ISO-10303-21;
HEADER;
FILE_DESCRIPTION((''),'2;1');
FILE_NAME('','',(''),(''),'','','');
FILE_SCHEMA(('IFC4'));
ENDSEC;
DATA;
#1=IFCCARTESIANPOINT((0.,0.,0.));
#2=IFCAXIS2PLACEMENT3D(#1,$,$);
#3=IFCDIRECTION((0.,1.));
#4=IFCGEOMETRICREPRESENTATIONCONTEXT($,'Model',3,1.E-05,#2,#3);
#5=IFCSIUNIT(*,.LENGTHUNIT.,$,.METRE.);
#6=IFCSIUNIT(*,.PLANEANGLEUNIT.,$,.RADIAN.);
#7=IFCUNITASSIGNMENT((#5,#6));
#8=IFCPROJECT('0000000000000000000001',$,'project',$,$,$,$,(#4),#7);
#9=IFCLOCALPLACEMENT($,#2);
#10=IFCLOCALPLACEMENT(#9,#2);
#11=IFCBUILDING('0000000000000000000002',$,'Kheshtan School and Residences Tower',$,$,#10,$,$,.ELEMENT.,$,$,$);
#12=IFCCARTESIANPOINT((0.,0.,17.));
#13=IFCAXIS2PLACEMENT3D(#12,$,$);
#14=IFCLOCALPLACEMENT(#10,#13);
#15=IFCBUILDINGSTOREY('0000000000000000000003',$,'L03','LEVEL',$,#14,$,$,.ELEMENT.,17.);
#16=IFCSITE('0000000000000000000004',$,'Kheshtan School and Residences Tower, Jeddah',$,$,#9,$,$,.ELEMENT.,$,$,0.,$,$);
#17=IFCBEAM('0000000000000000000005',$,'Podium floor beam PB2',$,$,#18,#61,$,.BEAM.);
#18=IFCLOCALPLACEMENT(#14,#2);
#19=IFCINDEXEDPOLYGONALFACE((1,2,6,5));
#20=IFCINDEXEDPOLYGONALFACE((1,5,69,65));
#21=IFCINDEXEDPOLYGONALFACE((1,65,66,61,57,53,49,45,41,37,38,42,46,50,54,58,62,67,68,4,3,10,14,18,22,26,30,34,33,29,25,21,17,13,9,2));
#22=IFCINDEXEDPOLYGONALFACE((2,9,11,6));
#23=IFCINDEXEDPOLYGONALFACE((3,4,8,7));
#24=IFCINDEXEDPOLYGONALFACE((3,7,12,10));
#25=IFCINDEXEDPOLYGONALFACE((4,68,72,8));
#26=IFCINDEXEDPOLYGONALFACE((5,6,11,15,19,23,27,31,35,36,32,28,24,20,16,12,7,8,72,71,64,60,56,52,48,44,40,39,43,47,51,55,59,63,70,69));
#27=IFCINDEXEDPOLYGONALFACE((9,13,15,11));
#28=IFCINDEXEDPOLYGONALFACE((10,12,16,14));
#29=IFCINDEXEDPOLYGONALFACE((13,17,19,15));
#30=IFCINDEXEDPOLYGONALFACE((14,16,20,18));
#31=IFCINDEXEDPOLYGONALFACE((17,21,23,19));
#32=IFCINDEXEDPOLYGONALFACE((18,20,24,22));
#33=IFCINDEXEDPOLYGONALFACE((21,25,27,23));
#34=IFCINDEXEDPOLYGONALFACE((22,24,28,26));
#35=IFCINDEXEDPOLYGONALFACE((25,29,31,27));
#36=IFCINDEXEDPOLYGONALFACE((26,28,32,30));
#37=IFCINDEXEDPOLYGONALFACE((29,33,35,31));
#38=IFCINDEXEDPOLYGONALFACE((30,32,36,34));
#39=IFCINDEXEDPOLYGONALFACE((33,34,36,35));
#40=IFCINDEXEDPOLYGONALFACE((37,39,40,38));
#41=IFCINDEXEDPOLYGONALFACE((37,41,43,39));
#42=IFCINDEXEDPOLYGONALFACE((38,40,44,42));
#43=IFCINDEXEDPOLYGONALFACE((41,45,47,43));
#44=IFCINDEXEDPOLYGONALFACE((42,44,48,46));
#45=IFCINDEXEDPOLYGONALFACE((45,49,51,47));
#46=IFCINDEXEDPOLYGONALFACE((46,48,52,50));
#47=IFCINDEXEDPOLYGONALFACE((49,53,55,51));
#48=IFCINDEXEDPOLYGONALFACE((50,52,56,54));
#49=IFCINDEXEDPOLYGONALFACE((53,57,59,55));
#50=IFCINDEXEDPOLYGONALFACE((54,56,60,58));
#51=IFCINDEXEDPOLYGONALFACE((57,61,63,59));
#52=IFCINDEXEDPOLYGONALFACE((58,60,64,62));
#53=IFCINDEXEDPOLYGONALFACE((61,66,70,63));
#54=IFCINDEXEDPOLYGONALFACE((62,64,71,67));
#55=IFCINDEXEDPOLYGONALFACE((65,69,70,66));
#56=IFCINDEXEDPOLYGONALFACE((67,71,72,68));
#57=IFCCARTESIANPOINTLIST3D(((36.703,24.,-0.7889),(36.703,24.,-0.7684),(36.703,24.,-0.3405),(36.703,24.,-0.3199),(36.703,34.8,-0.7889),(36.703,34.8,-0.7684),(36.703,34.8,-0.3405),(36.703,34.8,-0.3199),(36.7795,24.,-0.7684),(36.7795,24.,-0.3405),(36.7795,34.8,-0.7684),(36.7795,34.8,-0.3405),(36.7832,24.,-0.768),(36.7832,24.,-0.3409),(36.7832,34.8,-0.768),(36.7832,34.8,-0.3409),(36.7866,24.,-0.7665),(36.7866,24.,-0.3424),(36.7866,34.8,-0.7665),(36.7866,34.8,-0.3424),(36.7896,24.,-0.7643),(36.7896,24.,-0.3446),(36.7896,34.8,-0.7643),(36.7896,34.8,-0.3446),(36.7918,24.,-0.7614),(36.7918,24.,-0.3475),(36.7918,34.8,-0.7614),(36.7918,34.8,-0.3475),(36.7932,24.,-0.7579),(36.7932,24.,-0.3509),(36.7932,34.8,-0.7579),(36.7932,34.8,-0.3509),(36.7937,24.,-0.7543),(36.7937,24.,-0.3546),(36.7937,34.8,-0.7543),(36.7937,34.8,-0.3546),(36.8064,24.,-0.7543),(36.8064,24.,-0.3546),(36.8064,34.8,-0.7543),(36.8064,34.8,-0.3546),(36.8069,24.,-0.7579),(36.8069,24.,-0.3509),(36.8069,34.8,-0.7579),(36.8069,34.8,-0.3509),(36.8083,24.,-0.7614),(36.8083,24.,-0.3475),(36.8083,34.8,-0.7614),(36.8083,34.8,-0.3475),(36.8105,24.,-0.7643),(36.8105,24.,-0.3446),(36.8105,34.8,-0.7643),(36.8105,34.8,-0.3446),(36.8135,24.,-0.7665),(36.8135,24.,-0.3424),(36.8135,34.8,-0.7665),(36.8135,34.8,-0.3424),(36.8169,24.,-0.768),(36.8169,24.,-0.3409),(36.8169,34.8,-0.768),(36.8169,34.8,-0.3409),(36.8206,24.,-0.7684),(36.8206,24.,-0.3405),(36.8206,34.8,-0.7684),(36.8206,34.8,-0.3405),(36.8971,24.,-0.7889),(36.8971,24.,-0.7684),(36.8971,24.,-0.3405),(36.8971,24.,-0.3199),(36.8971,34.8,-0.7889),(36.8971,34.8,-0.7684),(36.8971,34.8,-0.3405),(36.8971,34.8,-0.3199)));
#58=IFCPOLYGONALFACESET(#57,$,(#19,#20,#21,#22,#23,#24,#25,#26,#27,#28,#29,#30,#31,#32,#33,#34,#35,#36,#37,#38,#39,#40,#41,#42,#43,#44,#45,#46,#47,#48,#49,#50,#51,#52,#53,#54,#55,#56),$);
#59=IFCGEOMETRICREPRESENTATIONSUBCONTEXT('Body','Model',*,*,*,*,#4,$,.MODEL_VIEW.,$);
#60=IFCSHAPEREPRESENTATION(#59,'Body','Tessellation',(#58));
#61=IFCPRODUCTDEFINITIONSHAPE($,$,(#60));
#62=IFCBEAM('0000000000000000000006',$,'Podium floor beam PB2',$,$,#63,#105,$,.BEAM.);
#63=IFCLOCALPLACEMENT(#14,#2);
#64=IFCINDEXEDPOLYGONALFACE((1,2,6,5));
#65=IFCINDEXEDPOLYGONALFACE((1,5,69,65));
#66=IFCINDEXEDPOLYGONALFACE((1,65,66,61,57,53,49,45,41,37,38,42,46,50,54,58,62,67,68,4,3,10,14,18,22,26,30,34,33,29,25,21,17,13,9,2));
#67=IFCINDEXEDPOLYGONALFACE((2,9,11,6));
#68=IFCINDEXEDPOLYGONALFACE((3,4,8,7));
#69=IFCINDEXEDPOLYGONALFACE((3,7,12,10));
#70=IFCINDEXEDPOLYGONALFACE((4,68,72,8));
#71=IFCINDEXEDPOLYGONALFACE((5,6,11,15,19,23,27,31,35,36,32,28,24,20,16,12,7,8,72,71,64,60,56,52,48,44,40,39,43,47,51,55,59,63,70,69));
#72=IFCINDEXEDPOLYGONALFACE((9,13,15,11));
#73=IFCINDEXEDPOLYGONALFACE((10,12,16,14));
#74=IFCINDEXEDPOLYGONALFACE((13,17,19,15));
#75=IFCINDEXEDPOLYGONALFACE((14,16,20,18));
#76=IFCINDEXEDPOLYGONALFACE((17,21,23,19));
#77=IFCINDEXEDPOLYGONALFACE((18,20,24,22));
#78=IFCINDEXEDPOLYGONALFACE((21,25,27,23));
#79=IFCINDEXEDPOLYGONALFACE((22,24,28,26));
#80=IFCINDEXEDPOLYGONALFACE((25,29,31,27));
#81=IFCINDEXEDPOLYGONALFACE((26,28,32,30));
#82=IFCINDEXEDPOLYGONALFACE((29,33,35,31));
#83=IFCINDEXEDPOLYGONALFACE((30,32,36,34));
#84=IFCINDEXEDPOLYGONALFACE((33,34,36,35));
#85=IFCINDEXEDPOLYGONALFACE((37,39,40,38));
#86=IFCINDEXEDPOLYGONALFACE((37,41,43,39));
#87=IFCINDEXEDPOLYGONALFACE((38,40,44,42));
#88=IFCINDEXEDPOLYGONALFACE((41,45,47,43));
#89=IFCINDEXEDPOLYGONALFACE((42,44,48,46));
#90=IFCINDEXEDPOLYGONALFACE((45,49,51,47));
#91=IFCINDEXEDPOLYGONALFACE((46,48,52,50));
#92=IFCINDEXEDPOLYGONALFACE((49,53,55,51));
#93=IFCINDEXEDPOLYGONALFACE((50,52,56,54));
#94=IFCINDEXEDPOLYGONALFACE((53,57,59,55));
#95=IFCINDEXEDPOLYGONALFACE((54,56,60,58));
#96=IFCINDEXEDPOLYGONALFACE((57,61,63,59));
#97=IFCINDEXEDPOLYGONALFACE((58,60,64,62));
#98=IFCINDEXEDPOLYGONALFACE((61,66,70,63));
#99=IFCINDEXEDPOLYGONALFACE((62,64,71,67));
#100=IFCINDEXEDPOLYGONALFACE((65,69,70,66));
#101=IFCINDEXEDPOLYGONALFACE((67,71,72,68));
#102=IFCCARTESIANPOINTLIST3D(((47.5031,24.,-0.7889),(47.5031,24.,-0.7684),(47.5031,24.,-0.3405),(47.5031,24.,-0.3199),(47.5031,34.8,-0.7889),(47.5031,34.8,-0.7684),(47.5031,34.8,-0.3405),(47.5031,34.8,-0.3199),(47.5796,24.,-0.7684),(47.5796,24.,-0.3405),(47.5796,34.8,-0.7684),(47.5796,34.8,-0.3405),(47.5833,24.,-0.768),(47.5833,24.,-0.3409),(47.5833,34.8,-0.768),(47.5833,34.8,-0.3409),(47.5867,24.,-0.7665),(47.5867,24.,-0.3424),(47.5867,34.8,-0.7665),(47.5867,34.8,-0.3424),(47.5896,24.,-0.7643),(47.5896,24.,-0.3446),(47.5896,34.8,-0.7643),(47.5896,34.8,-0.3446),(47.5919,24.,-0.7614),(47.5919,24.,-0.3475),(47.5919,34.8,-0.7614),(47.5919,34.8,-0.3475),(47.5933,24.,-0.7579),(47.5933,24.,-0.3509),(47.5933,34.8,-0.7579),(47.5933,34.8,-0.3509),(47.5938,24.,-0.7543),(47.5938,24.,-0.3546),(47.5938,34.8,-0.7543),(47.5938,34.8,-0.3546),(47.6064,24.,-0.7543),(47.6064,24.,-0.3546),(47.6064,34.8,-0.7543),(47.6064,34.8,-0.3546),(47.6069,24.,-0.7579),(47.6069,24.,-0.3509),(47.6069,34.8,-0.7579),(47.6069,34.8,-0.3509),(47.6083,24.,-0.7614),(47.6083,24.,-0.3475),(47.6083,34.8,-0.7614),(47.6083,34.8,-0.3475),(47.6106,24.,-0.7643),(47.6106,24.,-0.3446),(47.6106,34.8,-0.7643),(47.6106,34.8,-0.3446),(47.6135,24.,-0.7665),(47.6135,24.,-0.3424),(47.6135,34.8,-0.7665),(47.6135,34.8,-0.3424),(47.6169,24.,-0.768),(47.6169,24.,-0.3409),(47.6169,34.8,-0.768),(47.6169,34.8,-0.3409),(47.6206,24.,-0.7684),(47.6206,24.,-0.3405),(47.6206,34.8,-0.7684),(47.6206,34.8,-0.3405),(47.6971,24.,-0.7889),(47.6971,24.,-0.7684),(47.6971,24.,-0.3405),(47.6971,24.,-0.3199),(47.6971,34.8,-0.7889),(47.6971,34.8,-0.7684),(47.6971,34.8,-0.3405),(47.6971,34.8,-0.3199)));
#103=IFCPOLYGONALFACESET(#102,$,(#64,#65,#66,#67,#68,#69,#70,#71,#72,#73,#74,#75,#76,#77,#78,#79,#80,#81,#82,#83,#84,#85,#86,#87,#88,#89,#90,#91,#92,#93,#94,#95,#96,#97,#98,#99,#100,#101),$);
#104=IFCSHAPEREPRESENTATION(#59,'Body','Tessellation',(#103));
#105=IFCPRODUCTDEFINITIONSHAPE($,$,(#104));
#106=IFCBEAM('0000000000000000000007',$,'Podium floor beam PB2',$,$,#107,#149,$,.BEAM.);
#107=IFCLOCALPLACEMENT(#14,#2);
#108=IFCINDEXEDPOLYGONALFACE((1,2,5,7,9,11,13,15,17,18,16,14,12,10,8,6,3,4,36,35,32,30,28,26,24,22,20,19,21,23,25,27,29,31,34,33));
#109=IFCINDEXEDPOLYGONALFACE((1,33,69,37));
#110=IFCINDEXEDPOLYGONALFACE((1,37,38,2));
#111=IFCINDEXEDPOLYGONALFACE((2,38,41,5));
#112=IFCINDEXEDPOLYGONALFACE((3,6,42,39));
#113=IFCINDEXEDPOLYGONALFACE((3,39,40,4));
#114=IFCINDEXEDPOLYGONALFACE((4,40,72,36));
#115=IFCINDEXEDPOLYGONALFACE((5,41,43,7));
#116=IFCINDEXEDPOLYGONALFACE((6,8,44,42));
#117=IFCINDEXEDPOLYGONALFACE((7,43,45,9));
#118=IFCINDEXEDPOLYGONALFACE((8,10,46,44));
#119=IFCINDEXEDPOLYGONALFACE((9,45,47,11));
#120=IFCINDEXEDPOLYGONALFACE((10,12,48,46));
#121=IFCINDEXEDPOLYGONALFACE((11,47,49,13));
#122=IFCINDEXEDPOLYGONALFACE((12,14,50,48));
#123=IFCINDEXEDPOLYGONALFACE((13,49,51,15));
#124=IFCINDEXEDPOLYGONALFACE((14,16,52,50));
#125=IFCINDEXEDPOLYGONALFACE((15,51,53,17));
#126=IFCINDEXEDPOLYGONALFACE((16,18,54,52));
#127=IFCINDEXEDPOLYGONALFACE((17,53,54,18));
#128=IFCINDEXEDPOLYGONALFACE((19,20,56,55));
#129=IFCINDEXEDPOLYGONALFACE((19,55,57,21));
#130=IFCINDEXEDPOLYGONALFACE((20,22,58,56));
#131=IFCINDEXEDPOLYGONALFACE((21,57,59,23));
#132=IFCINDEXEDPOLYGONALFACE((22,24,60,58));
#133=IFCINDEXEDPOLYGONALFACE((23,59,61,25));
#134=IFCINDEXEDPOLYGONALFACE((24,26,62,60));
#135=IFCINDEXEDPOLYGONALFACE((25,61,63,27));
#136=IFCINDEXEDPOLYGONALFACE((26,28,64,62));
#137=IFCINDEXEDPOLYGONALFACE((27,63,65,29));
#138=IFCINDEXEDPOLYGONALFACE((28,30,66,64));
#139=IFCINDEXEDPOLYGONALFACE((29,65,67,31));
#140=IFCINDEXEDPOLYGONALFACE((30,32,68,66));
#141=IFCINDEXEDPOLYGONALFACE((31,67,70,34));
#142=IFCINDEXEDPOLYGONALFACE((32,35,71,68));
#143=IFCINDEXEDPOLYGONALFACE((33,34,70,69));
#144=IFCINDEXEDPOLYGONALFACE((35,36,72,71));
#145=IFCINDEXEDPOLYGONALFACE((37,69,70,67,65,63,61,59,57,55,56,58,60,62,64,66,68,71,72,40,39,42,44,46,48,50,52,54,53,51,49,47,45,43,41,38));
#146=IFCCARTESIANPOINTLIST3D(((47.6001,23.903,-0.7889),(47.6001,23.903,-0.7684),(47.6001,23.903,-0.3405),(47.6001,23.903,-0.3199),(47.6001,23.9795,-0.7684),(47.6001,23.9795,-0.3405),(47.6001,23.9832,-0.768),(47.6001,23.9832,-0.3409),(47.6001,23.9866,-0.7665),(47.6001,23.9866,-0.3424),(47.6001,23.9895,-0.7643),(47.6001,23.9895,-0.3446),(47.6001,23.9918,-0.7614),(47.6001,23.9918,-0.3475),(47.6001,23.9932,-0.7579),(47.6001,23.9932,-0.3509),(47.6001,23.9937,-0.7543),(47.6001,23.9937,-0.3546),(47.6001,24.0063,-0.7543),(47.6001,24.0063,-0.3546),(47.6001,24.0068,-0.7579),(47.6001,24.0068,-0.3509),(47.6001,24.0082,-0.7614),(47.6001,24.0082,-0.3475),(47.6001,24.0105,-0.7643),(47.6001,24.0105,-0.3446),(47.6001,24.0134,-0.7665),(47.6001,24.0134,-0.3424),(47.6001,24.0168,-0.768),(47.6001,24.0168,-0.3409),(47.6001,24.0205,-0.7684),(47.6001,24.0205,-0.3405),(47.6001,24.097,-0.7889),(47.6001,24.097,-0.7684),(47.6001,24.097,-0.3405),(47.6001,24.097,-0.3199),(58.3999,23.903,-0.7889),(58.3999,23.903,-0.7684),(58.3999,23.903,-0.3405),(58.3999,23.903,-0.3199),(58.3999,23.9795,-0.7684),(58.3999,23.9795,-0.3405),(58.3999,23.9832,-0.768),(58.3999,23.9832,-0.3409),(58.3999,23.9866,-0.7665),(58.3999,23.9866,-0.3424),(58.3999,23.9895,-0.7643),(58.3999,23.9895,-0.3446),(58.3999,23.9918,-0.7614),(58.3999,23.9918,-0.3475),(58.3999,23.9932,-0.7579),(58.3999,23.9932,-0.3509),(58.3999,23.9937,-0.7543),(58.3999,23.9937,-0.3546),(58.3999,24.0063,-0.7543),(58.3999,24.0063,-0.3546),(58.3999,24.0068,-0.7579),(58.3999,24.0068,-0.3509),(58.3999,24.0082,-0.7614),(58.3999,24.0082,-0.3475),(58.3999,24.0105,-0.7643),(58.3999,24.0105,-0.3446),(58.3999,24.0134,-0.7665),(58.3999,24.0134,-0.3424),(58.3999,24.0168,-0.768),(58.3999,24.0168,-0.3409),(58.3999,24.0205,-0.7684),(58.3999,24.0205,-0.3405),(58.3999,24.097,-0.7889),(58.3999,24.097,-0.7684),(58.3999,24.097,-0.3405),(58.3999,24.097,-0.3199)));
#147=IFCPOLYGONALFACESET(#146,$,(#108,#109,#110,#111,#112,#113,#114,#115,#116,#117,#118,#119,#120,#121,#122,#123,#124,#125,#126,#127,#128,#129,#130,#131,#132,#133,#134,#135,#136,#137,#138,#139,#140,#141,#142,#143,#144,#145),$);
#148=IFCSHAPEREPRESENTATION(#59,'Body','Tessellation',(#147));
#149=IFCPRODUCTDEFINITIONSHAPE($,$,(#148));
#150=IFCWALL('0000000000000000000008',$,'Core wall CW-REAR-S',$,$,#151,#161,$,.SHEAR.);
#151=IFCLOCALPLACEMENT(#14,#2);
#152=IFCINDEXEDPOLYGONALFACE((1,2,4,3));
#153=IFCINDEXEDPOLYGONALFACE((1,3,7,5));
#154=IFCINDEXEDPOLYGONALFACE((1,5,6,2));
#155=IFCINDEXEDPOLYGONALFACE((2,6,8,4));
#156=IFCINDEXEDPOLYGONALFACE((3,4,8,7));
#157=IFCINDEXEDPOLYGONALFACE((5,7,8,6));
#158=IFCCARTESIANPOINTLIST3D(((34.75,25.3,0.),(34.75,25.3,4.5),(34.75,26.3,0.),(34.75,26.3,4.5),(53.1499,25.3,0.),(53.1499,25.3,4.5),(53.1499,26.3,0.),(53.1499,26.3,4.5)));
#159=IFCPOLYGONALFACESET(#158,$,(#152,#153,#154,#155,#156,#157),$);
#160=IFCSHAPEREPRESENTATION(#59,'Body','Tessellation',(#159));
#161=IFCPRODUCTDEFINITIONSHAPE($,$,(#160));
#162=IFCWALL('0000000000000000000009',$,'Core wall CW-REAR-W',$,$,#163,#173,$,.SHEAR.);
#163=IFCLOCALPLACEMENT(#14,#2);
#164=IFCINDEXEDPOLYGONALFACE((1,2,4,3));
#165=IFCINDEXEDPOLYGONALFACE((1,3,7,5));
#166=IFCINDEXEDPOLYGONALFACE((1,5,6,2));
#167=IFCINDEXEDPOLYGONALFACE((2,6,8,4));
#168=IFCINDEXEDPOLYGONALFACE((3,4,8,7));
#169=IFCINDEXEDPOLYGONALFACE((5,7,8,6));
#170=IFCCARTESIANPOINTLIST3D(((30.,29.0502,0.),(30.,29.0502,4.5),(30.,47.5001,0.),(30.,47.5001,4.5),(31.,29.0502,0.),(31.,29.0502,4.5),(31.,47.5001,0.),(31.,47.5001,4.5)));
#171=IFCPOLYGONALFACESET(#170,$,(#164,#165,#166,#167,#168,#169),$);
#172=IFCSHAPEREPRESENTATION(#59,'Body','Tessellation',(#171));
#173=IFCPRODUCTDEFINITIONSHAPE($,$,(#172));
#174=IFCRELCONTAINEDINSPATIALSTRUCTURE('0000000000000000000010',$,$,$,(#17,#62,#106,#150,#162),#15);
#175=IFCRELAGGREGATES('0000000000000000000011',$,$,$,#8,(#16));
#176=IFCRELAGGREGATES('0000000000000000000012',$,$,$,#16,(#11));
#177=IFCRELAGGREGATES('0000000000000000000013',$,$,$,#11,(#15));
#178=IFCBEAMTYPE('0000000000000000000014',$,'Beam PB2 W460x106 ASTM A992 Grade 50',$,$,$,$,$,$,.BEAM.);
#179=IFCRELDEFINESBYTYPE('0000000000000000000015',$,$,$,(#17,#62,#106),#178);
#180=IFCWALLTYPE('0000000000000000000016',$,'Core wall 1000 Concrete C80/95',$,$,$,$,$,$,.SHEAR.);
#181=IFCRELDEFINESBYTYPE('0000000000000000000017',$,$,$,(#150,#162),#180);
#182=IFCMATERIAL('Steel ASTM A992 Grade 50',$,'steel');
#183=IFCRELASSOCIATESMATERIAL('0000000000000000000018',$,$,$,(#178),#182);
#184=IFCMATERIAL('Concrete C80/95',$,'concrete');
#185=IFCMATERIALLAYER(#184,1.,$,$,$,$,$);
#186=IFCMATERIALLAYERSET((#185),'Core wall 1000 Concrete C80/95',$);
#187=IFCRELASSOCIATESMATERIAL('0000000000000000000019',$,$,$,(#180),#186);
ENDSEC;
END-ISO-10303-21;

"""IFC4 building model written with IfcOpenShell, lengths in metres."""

from ifc_helpers import new_model, si_unit, direction, frame, frame_2d, origin, origin_2d, place, context, subcontext, project, spatial, rectangle, i_section, extrude, material, layer, layer_set, material_profile, profile_set, type_object, element, save


model = new_model("IFC4")

# Units and contexts
model_context = context("Model", 3, precision=1e-05, world=origin(), true_north=direction((0.0, 1.0)))
body_context = subcontext(model_context, "Body", "Model", "MODEL_VIEW")
ifc_project = project(units=[si_unit("LENGTHUNIT", "METRE"), si_unit("PLANEANGLEUNIT", "RADIAN")], contexts=[model_context])

# Site, building, storey
site_placement = place(None, origin())
site = spatial("IfcSite", under=ifc_project, at=site_placement, Name="Kheshtan School and Residences Tower, Jeddah", CompositionType="ELEMENT", RefElevation=0.0)
building_placement = place(site_placement, origin())
building = spatial("IfcBuilding", under=site, at=building_placement, Name="Kheshtan School and Residences Tower", CompositionType="ELEMENT")
storey_placement = place(building_placement, frame((0.0, 0.0, 17.0)))
storey = spatial("IfcBuildingStorey", under=building, at=storey_placement, Name="L03", Description="LEVEL", CompositionType="ELEMENT", Elevation=17.0)

# Shared definitions
ifc_material_1 = material(Name="Steel ASTM A992 Grade 50", Category="steel")

# Beams
ifc_material_profile_1 = material_profile(ifc_material_1, i_section(OverallWidth=0.1941, OverallDepth=0.469, WebThickness=0.0127, FlangeThickness=0.0205, FilletRadius=0.0142, at=origin_2d()), Name="W460x106")
ifc_profile_set_1 = profile_set([ifc_material_profile_1], Name="Steel ASTM A992 Grade 50")
beam_type = type_object("IfcBeamType", Name="Beam PB2 W460x106 ASTM A992 Grade 50", PredefinedType="BEAM", material=ifc_profile_set_1)
for number, where, z_axis, x_axis, name in (
    (1, (36.8, 24.0, -0.5544), (0.0, 1.0, 0.0), (-1.0, 0.0, 0.0), "Podium floor beam PB2"),
    (2, (47.6001, 24.0, -0.5544), (0.0, 1.0, 0.0), (-1.0, 0.0, 0.0), "Podium floor beam PB2"),
):
    element("IfcBeam", number, at=place(storey_placement, frame(where, z_axis=z_axis, x_axis=x_axis)), inside=storey, type_object=beam_type, Name=name, PredefinedType="BEAM", context=body_context, shape_type="SweptSolid", body=[
        extrude(i_section(OverallWidth=0.1941, OverallDepth=0.469, WebThickness=0.0127, FlangeThickness=0.0205, FilletRadius=0.0142, at=origin_2d()), origin(), (0.0, 0.0, 1.0), 10.8),
    ])
beam_placement = place(storey_placement, frame((47.6001, 24.0, -0.5544), z_axis=(1.0, 0.0, 0.0), x_axis=(0.0, 1.0, 0.0)))
element("IfcBeam", 3, at=beam_placement, inside=storey, type_object=beam_type, Name="Podium floor beam PB2", PredefinedType="BEAM", context=body_context, shape_type="SweptSolid", body=[
    extrude(i_section(OverallWidth=0.1941, OverallDepth=0.469, WebThickness=0.0127, FlangeThickness=0.0205, FilletRadius=0.0142, at=origin_2d()), origin(), (0.0, 0.0, 1.0), 10.7998),
])

# Walls
ifc_material_2 = material(Name="Concrete C80/95", Category="concrete")
ifc_layer_1 = layer(ifc_material_2, 1.0)
ifc_layer_set_1 = layer_set([ifc_layer_1], Name="Core wall 1000 Concrete C80/95")
wall_type_1 = type_object("IfcWallType", Name="Core wall 1000 Concrete C80/95", PredefinedType="SHEAR", material=ifc_layer_set_1)
wall_1_placement = place(storey_placement, frame((34.75, 25.8, 0.0), z_axis=(0.0, 0.0, 1.0), x_axis=(1.0, 0.0, 0.0)))
element("IfcWall", 4, at=wall_1_placement, inside=storey, type_object=wall_type_1, Name="Core wall CW-REAR-S", PredefinedType="SHEAR", context=body_context, shape_type="SweptSolid", body=[
    extrude(rectangle(XDim=18.3999, YDim=1.0, at=frame_2d((9.2, 0.0))), origin(), (0.0, 0.0, 1.0), 4.5),
])
wall_2_placement = place(storey_placement, frame((30.5, 29.05, 0.0), z_axis=(0.0, 0.0, 1.0), x_axis=(0.0, 1.0, 0.0)))
element("IfcWall", 5, at=wall_2_placement, inside=storey, type_object=wall_type_1, Name="Core wall CW-REAR-W", PredefinedType="SHEAR", context=body_context, shape_type="SweptSolid", body=[
    extrude(rectangle(XDim=18.45, YDim=1.0, at=frame_2d((9.2251, 0.0))), origin(), (0.0, 0.0, 1.0), 4.5),
])

save(model, "model.ifc")
